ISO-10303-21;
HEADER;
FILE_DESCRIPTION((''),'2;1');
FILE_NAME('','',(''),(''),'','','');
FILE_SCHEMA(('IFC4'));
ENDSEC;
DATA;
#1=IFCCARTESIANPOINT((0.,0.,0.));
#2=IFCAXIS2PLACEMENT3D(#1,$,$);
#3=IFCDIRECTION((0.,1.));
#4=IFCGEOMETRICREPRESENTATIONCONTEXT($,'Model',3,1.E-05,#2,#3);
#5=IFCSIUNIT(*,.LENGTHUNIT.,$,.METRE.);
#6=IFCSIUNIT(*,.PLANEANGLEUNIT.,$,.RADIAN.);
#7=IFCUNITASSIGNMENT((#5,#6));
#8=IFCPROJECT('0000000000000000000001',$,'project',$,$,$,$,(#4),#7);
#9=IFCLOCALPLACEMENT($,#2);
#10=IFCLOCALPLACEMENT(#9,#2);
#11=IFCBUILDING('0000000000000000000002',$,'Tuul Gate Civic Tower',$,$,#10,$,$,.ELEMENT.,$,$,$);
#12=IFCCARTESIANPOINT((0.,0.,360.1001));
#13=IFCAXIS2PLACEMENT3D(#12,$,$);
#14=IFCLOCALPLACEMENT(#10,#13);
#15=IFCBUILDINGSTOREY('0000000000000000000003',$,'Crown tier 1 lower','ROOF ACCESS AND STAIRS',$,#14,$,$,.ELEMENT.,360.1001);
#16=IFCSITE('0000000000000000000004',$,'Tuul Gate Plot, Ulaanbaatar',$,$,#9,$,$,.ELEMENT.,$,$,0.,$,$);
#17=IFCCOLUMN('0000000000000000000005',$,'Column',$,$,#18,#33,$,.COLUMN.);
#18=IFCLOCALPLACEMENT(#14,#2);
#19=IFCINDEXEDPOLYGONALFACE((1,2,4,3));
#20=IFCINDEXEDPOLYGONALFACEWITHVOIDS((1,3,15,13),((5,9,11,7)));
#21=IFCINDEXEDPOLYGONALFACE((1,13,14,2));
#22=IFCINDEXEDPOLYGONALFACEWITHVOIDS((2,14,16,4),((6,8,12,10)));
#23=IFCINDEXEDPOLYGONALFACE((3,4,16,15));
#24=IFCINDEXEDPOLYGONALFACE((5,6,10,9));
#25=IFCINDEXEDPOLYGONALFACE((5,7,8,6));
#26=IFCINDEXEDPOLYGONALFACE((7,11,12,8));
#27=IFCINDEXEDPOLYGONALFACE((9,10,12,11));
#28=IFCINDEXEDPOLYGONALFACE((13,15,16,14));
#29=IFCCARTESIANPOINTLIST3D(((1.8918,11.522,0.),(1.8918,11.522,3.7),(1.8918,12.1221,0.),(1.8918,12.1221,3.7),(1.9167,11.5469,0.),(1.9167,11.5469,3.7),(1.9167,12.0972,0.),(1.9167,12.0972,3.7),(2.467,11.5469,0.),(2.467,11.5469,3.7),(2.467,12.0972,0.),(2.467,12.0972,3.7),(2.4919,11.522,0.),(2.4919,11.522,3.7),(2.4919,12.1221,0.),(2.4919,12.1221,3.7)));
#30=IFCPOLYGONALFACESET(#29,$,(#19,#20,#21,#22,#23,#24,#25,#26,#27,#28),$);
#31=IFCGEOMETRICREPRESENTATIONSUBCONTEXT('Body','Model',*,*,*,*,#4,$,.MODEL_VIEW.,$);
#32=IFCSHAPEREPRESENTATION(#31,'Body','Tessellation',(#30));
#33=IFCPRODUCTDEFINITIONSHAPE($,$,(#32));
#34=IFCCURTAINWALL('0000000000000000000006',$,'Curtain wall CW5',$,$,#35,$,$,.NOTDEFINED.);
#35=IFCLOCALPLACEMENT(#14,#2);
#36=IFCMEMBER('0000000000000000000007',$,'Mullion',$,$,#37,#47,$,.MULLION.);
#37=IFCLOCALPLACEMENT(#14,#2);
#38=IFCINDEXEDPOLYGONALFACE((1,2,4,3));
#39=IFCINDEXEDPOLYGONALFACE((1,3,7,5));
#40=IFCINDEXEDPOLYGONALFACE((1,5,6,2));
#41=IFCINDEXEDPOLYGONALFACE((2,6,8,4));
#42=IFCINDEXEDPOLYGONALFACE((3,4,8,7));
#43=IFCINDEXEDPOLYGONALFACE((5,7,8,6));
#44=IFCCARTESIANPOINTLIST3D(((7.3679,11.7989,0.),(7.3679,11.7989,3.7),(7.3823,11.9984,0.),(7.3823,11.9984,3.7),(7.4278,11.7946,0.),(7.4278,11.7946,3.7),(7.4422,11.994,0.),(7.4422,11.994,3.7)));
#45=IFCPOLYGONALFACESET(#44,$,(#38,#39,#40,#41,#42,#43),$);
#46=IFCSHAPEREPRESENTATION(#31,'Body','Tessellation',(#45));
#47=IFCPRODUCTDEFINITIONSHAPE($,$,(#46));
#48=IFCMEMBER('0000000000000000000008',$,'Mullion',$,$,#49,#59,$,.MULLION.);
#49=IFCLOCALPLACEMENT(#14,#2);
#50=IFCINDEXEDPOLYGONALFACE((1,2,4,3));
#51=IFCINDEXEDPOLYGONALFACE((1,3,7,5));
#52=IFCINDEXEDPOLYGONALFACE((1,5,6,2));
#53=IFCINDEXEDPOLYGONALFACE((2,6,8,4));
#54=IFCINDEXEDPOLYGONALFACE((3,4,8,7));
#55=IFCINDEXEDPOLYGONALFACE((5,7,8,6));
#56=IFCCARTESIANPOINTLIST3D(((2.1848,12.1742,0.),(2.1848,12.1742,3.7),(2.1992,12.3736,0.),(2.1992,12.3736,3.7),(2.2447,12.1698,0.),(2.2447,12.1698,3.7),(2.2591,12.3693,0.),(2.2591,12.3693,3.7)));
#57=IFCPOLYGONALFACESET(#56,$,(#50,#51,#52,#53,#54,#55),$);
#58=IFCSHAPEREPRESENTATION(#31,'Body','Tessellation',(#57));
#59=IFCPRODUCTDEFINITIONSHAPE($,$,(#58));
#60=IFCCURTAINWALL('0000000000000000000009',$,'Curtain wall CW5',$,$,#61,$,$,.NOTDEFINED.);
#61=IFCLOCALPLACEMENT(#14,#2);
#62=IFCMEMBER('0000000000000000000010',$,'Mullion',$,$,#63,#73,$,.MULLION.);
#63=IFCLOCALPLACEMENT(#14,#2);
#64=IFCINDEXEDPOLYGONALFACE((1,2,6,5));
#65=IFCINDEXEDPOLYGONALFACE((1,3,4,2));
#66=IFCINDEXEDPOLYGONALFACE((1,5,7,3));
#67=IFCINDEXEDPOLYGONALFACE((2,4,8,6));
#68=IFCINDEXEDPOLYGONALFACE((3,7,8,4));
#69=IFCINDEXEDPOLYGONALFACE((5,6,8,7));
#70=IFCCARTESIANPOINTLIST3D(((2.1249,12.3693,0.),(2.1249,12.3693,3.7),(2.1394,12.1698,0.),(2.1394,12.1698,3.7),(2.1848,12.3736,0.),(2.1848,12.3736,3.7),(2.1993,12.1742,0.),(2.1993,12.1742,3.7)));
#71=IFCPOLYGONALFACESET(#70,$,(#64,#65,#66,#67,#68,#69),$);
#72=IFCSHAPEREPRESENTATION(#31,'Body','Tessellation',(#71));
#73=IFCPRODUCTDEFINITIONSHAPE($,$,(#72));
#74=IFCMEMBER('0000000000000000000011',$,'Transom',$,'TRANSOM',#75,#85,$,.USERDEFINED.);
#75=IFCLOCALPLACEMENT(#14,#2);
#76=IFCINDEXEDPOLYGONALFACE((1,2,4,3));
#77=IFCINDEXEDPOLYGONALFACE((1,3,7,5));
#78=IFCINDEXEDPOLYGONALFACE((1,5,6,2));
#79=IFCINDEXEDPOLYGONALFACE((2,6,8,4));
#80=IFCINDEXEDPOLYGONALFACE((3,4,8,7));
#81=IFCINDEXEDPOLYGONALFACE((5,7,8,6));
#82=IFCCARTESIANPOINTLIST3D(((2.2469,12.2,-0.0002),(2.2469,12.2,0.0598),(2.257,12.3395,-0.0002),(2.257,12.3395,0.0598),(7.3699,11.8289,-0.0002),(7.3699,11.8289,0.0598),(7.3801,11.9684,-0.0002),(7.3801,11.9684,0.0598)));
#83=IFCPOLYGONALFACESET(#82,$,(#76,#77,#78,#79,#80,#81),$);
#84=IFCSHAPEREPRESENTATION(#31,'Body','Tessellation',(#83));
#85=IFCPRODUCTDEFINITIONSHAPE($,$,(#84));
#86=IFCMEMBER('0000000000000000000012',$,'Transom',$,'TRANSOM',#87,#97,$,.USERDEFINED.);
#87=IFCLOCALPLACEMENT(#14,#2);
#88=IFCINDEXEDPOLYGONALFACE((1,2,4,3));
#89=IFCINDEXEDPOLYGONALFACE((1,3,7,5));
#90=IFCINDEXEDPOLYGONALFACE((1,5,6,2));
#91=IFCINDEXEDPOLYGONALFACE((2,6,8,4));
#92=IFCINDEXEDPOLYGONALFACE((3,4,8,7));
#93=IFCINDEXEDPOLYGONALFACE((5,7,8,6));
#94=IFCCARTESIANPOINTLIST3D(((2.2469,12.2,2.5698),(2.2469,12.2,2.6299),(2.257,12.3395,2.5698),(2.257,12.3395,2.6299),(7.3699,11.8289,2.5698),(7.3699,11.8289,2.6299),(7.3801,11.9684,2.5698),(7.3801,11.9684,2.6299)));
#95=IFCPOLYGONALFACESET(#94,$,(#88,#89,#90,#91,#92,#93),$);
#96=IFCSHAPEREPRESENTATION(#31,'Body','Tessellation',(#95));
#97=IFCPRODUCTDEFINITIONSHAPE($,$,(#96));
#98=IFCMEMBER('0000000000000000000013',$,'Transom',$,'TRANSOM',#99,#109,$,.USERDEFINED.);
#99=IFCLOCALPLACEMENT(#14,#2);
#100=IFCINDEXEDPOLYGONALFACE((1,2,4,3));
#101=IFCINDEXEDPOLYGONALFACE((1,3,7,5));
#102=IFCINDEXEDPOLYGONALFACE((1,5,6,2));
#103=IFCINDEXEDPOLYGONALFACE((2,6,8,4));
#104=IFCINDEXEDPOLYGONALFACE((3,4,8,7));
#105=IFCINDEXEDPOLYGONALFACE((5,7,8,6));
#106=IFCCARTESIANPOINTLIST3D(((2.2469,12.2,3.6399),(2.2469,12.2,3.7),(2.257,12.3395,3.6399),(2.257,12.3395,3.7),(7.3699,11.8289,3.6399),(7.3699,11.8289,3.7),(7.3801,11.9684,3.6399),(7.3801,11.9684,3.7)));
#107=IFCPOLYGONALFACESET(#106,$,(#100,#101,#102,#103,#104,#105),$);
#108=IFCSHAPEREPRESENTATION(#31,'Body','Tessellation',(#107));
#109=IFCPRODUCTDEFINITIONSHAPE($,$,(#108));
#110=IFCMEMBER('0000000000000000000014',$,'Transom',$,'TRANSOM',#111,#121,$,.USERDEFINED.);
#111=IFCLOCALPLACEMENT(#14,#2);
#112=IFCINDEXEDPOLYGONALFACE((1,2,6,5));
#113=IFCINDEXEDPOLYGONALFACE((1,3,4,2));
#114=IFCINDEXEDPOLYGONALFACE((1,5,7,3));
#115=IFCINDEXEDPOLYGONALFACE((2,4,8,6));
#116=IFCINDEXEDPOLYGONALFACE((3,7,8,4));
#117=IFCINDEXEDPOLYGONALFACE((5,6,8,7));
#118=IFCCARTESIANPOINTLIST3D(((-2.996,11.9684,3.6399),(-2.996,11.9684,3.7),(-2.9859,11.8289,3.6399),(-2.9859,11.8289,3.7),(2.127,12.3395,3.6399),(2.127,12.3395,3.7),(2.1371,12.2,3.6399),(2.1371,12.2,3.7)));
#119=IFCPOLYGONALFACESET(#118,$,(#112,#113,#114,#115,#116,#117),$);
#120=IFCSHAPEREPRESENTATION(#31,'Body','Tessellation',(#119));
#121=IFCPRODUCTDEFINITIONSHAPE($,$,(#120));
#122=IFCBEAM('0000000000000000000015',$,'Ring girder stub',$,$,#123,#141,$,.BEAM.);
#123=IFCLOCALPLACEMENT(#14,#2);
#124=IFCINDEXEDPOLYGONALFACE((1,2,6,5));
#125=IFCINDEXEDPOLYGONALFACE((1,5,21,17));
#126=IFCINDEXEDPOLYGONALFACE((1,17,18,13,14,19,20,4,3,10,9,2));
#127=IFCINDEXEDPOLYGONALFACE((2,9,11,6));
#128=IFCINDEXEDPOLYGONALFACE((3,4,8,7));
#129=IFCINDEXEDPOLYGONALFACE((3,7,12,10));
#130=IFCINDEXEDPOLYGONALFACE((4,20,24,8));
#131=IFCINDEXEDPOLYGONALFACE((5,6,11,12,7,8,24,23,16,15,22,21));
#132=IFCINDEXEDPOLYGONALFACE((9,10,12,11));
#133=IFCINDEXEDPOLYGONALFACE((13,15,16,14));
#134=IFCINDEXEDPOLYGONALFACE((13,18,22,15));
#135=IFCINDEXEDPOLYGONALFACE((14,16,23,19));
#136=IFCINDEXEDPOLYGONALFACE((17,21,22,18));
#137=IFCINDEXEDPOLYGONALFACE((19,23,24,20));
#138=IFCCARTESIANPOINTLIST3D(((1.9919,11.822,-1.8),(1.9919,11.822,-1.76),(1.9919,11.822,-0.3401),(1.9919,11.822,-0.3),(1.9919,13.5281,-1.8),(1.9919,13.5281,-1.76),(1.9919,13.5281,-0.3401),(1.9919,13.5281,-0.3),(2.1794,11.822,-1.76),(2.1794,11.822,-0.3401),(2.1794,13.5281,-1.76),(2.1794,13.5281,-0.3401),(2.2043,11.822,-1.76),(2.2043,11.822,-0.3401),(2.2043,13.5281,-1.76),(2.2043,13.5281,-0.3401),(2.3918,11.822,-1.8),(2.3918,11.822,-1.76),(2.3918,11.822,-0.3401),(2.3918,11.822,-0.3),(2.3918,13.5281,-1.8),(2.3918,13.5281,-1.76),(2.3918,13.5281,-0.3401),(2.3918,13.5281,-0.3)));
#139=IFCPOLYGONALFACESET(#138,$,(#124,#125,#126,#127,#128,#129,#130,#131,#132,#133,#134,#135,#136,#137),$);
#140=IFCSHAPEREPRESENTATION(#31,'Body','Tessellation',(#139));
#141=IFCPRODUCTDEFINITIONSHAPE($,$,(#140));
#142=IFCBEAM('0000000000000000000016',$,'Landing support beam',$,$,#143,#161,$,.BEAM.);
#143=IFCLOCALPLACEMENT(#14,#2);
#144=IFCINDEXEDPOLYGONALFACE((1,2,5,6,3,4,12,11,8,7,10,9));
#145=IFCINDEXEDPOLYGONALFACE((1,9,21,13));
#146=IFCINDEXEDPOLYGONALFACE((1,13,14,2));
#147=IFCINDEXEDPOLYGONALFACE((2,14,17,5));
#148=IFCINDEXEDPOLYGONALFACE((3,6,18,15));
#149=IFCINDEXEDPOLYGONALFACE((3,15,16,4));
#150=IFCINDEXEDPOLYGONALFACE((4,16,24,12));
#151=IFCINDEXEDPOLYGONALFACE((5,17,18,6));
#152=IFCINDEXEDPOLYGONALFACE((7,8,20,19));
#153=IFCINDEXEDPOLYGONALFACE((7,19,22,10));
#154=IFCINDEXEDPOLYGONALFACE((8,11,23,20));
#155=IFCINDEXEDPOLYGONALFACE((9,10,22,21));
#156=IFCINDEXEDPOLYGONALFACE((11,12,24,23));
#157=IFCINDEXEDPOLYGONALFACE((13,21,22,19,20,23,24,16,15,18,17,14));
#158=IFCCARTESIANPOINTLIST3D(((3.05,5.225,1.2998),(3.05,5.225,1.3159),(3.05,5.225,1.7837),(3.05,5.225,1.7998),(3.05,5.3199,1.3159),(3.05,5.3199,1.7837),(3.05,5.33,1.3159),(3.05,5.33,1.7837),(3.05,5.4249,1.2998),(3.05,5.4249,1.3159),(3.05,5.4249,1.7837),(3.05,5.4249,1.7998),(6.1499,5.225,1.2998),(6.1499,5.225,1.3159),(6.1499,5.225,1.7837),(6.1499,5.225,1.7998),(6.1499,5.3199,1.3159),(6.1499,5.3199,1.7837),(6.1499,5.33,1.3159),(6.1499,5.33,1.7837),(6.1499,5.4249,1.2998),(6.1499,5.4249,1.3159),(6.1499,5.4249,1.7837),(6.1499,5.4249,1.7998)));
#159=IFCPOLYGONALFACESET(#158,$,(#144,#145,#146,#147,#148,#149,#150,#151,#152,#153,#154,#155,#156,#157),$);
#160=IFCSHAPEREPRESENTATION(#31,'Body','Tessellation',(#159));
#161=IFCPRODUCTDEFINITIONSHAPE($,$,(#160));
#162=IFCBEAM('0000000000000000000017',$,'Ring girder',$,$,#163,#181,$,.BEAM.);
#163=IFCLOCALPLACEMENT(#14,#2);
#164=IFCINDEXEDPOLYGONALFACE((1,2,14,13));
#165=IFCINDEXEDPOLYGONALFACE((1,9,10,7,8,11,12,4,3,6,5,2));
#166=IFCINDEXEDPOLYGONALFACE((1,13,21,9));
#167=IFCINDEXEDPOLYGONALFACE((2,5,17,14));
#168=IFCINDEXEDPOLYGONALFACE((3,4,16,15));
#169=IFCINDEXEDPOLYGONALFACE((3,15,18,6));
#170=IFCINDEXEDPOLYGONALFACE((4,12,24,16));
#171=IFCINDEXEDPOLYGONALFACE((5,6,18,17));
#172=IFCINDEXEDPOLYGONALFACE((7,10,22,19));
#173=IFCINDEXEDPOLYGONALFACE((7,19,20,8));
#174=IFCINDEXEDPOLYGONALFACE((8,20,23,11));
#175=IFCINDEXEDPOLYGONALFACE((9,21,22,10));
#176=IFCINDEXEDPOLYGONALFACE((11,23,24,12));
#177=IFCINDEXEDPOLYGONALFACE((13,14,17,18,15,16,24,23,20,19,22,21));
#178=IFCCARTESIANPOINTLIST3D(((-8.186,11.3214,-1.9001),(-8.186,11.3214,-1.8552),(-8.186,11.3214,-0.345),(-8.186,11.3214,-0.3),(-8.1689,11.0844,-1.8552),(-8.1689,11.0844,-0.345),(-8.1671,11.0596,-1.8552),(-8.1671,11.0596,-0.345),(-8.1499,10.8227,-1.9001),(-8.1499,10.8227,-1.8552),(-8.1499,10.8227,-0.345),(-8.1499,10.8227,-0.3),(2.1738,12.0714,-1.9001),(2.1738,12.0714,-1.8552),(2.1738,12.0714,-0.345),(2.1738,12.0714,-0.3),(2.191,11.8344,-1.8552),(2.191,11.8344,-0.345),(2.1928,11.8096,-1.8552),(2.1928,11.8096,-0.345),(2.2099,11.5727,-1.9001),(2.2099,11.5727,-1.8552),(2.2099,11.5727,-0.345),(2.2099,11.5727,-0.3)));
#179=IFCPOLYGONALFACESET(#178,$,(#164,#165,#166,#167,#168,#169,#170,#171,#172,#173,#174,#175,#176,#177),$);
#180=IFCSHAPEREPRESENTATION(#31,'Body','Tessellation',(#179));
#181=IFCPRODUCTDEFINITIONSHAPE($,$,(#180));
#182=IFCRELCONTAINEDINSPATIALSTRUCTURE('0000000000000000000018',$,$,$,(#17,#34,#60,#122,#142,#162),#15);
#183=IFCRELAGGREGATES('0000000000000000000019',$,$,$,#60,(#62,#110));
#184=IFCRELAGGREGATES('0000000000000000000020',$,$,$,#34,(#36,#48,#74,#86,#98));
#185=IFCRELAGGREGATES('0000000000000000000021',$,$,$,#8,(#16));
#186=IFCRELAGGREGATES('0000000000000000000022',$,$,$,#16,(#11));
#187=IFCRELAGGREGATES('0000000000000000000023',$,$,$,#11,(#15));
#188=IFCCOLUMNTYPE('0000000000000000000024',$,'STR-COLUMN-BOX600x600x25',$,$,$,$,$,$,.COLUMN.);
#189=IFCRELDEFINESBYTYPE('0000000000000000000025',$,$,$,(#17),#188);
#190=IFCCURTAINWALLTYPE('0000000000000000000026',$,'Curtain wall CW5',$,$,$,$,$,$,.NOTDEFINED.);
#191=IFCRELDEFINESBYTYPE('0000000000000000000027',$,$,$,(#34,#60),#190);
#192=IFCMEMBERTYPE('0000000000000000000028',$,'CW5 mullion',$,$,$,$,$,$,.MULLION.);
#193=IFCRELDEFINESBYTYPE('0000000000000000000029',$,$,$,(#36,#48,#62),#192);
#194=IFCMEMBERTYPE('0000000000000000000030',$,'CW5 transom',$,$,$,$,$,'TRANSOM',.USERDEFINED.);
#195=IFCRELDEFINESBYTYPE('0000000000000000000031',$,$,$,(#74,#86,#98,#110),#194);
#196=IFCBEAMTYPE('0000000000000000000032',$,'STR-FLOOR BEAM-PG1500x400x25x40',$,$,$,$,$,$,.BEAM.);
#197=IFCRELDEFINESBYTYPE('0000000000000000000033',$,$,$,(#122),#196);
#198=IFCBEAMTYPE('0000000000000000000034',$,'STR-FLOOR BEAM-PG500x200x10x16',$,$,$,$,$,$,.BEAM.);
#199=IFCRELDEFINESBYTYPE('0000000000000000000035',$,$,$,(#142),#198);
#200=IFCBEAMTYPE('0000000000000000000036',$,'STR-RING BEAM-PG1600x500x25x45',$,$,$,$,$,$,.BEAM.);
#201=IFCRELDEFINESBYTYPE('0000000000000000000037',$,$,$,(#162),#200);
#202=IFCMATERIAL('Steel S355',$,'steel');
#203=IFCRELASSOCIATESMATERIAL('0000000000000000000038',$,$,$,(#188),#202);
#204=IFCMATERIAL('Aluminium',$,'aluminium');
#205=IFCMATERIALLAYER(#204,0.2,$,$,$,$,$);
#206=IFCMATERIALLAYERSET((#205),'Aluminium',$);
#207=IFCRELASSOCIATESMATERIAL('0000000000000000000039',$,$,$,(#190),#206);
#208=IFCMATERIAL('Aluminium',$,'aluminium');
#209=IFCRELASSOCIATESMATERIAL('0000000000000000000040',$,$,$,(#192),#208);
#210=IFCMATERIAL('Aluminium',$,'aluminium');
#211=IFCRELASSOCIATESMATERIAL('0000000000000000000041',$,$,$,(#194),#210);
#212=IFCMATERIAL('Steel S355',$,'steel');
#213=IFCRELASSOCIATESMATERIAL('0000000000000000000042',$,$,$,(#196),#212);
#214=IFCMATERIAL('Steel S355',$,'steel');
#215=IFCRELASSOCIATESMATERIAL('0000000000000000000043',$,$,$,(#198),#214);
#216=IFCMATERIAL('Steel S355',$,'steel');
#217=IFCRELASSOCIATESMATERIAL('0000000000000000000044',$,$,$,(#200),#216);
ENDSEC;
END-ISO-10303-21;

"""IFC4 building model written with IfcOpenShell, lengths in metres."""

from ifc_helpers import new_model, si_unit, direction, frame, origin, origin_2d, place, context, subcontext, project, spatial, rectangle, hollow_rectangle, i_section, extrude, material, layer, layer_set, material_profile, profile_set, type_object, element, aggregate, save


model = new_model("IFC4")

# Units and contexts
model_context = context("Model", 3, precision=1e-05, world=origin(), true_north=direction((0.0, 1.0)))
body_context = subcontext(model_context, "Body", "Model", "MODEL_VIEW")
ifc_project = project(units=[si_unit("LENGTHUNIT", "METRE"), si_unit("PLANEANGLEUNIT", "RADIAN")], contexts=[model_context])

# Site, building, storey
site_placement = place(None, origin())
site = spatial("IfcSite", under=ifc_project, at=site_placement, Name="Tuul Gate Plot, Ulaanbaatar", CompositionType="ELEMENT", RefElevation=0.0)
building_placement = place(site_placement, origin())
building = spatial("IfcBuilding", under=site, at=building_placement, Name="Tuul Gate Civic Tower", CompositionType="ELEMENT")
storey_placement = place(building_placement, frame((0.0, 0.0, 360.1001)))
storey = spatial("IfcBuildingStorey", under=building, at=storey_placement, Name="Crown tier 1 lower", Description="ROOF ACCESS AND STAIRS", CompositionType="ELEMENT", Elevation=360.1001)

# Column
ifc_material_1 = material(Name="Steel S355", Category="steel")
ifc_material_profile_1 = material_profile(ifc_material_1, hollow_rectangle(XDim=0.6001, YDim=0.6001, WallThickness=0.0249, at=origin_2d()), Name="BOX600x600x25")
ifc_profile_set_1 = profile_set([ifc_material_profile_1], Name="Steel S355")
column_type = type_object("IfcColumnType", Name="STR-COLUMN-BOX600x600x25", PredefinedType="COLUMN", material=ifc_profile_set_1)
column_placement = place(storey_placement, frame((2.1919, 11.822, 0.0), z_axis=(0.0, 0.0, 1.0), x_axis=(1.0, 0.0, 0.0)))
element("IfcColumn", 1, at=column_placement, inside=storey, type_object=column_type, Name="Column", PredefinedType="COLUMN", context=body_context, shape_type="SweptSolid", body=[
    extrude(hollow_rectangle(XDim=0.6001, YDim=0.6001, WallThickness=0.0249, at=origin_2d()), origin(), (0.0, 0.0, 1.0), 3.7),
])

# Curtain wall, members
ifc_material_2 = material(Name="Aluminium", Category="aluminium")
ifc_layer_1 = layer(ifc_material_2, 0.2)
ifc_layer_set_1 = layer_set([ifc_layer_1], Name="Aluminium")
curtain_wall_type = type_object("IfcCurtainWallType", Name="Curtain wall CW5", PredefinedType="NOTDEFINED", material=ifc_layer_set_1)
curtain_wall_1_placement = place(storey_placement, origin())
curtain_wall_1 = element("IfcCurtainWall", 2, at=curtain_wall_1_placement, inside=storey, type_object=curtain_wall_type, Name="Curtain wall CW5", PredefinedType="NOTDEFINED")
ifc_material_3 = material(Name="Aluminium", Category="aluminium")
ifc_material_profile_2 = material_profile(ifc_material_3, rectangle(XDim=0.2, YDim=0.0601, at=origin_2d()), Name="CW5 mullion")
ifc_profile_set_2 = profile_set([ifc_material_profile_2], Name="Aluminium")
member_type_1 = type_object("IfcMemberType", Name="CW5 mullion", PredefinedType="MULLION", material=ifc_profile_set_2)
member_1_placement = place(storey_placement, frame((7.405, 11.8965, 0.0), z_axis=(0.0, 0.0, 1.0), x_axis=(-0.072226, -0.997388, 0.0)))
member_1 = element("IfcMember", 3, at=member_1_placement, type_object=member_type_1, Name="Mullion", PredefinedType="MULLION", context=body_context, shape_type="SweptSolid", body=[
    extrude(rectangle(XDim=0.2, YDim=0.0601, at=origin_2d()), origin(), (0.0, 0.0, 1.0), 3.7),
])
member_2_placement = place(storey_placement, frame((2.2219, 12.2717, 0.0), z_axis=(0.0, 0.0, 1.0), x_axis=(-0.072226, -0.997388, 0.0)))
member_2 = element("IfcMember", 4, at=member_2_placement, type_object=member_type_1, Name="Mullion", PredefinedType="MULLION", context=body_context, shape_type="SweptSolid", body=[
    extrude(rectangle(XDim=0.2, YDim=0.0601, at=origin_2d()), origin(), (0.0, 0.0, 1.0), 3.7),
])

# Curtain wall, member
curtain_wall_2_placement = place(storey_placement, origin())
curtain_wall_2 = element("IfcCurtainWall", 5, at=curtain_wall_2_placement, inside=storey, type_object=curtain_wall_type, Name="Curtain wall CW5", PredefinedType="NOTDEFINED")
member_3_placement = place(storey_placement, frame((2.1621, 12.2717, 0.0), z_axis=(0.0, 0.0, 1.0), x_axis=(0.072226, -0.997388, 0.0)))
member_3 = element("IfcMember", 6, at=member_3_placement, type_object=member_type_1, Name="Mullion", PredefinedType="MULLION", context=body_context, shape_type="SweptSolid", body=[
    extrude(rectangle(XDim=0.2, YDim=0.0601, at=origin_2d()), origin(), (0.0, 0.0, 1.0), 3.7),
])

# Members
ifc_material_4 = material(Name="Aluminium", Category="aluminium")
ifc_material_profile_3 = material_profile(ifc_material_4, rectangle(XDim=0.1399, YDim=0.0601, at=origin_2d()), Name="CW5 transom")
ifc_profile_set_3 = profile_set([ifc_material_profile_3], Name="Aluminium")
member_type_2 = type_object("IfcMemberType", Name="CW5 transom", ElementType="TRANSOM", PredefinedType="USERDEFINED", material=ifc_profile_set_3)
member_4_placement = place(storey_placement, frame((7.375, 11.8987, 0.0298), z_axis=(-0.997387, 0.072247, 0.0), x_axis=(-0.072247, -0.997387, 0.0)))
member_4 = element("IfcMember", 7, at=member_4_placement, type_object=member_type_2, Name="Transom", ObjectType="TRANSOM", PredefinedType="USERDEFINED", context=body_context, shape_type="SweptSolid", body=[
    extrude(rectangle(XDim=0.1399, YDim=0.0601, at=origin_2d()), origin(), (0.0, 0.0, 1.0), 5.1365),
])
member_5_placement = place(storey_placement, frame((7.375, 11.8987, 2.5999), z_axis=(-0.997387, 0.072247, 0.0), x_axis=(-0.072247, -0.997387, 0.0)))
member_5 = element("IfcMember", 8, at=member_5_placement, type_object=member_type_2, Name="Transom", ObjectType="TRANSOM", PredefinedType="USERDEFINED", context=body_context, shape_type="SweptSolid", body=[
    extrude(rectangle(XDim=0.1399, YDim=0.0601, at=origin_2d()), origin(), (0.0, 0.0, 1.0), 5.1365),
])
member_6_placement = place(storey_placement, frame((7.375, 11.8987, 3.6699), z_axis=(-0.997387, 0.072247, 0.0), x_axis=(-0.072247, -0.997387, 0.0)))
member_6 = element("IfcMember", 9, at=member_6_placement, type_object=member_type_2, Name="Transom", ObjectType="TRANSOM", PredefinedType="USERDEFINED", context=body_context, shape_type="SweptSolid", body=[
    extrude(rectangle(XDim=0.1399, YDim=0.0601, at=origin_2d()), origin(), (0.0, 0.0, 1.0), 5.1365),
])
member_7_placement = place(storey_placement, frame((2.1321, 12.2698, 3.6699), z_axis=(-0.997387, -0.072247, 0.0), x_axis=(0.072247, -0.997387, 0.0)))
member_7 = element("IfcMember", 10, at=member_7_placement, type_object=member_type_2, Name="Transom", ObjectType="TRANSOM", PredefinedType="USERDEFINED", context=body_context, shape_type="SweptSolid", body=[
    extrude(rectangle(XDim=0.1399, YDim=0.0601, at=origin_2d()), origin(), (0.0, 0.0, 1.0), 5.1365),
])
aggregate(curtain_wall_2, [member_3, member_7])

# Beams
ifc_material_5 = material(Name="Steel S355", Category="steel")
ifc_material_profile_4 = material_profile(ifc_material_5, i_section(OverallWidth=0.3999, OverallDepth=1.5, WebThickness=0.0249, FlangeThickness=0.04, at=origin_2d()), Name="PG1500x400x25x40")
ifc_profile_set_4 = profile_set([ifc_material_profile_4], Name="Steel S355")
beam_type_1 = type_object("IfcBeamType", Name="STR-FLOOR BEAM-PG1500x400x25x40", PredefinedType="BEAM", material=ifc_profile_set_4)
beam_1_placement = place(storey_placement, frame((2.1919, 13.5281, -1.05), z_axis=(0.0, -1.0, 0.0), x_axis=(1.0, 0.0, 0.0)))
element("IfcBeam", 11, at=beam_1_placement, inside=storey, type_object=beam_type_1, Name="Ring girder stub", PredefinedType="BEAM", context=body_context, shape_type="SweptSolid", body=[
    extrude(i_section(OverallWidth=0.3999, OverallDepth=1.5, WebThickness=0.0249, FlangeThickness=0.04, at=origin_2d()), origin(), (0.0, 0.0, 1.0), 1.7061),
])
ifc_material_6 = material(Name="Steel S355", Category="steel")
ifc_material_profile_5 = material_profile(ifc_material_6, i_section(OverallWidth=0.2, OverallDepth=0.5, WebThickness=0.01, FlangeThickness=0.0161, at=origin_2d()), Name="PG500x200x10x16")
ifc_profile_set_5 = profile_set([ifc_material_profile_5], Name="Steel S355")
beam_type_2 = type_object("IfcBeamType", Name="STR-FLOOR BEAM-PG500x200x10x16", PredefinedType="BEAM", material=ifc_profile_set_5)
beam_2_placement = place(storey_placement, frame((3.05, 5.325, 1.5498), z_axis=(1.0, 0.0, 0.0), x_axis=(0.0, 1.0, 0.0)))
element("IfcBeam", 12, at=beam_2_placement, inside=storey, type_object=beam_type_2, Name="Landing support beam", PredefinedType="BEAM", context=body_context, shape_type="SweptSolid", body=[
    extrude(i_section(OverallWidth=0.2, OverallDepth=0.5, WebThickness=0.01, FlangeThickness=0.0161, at=origin_2d()), origin(), (0.0, 0.0, 1.0), 3.0999),
])
ifc_material_7 = material(Name="Steel S355", Category="steel")
ifc_material_profile_6 = material_profile(ifc_material_7, i_section(OverallWidth=0.5, OverallDepth=1.6001, WebThickness=0.0249, FlangeThickness=0.0449, at=origin_2d()), Name="PG1600x500x25x45")
ifc_profile_set_6 = profile_set([ifc_material_profile_6], Name="Steel S355")
beam_type_3 = type_object("IfcBeamType", Name="STR-RING BEAM-PG1600x500x25x45", PredefinedType="BEAM", material=ifc_profile_set_6)
beam_3_placement = place(storey_placement, frame((2.1919, 11.822, -1.1001), z_axis=(-0.99739, -0.072206, 0.0), x_axis=(0.072206, -0.99739, 0.0)))
element("IfcBeam", 13, at=beam_3_placement, inside=storey, type_object=beam_type_3, Name="Ring girder", PredefinedType="BEAM", context=body_context, shape_type="SweptSolid", body=[
    extrude(i_section(OverallWidth=0.5, OverallDepth=1.6001, WebThickness=0.0249, FlangeThickness=0.0449, at=origin_2d()), origin(), (0.0, 0.0, 1.0), 10.387),
])

aggregate(curtain_wall_1, [member_1, member_2, member_4, member_5, member_6])

save(model, "model.ifc")
